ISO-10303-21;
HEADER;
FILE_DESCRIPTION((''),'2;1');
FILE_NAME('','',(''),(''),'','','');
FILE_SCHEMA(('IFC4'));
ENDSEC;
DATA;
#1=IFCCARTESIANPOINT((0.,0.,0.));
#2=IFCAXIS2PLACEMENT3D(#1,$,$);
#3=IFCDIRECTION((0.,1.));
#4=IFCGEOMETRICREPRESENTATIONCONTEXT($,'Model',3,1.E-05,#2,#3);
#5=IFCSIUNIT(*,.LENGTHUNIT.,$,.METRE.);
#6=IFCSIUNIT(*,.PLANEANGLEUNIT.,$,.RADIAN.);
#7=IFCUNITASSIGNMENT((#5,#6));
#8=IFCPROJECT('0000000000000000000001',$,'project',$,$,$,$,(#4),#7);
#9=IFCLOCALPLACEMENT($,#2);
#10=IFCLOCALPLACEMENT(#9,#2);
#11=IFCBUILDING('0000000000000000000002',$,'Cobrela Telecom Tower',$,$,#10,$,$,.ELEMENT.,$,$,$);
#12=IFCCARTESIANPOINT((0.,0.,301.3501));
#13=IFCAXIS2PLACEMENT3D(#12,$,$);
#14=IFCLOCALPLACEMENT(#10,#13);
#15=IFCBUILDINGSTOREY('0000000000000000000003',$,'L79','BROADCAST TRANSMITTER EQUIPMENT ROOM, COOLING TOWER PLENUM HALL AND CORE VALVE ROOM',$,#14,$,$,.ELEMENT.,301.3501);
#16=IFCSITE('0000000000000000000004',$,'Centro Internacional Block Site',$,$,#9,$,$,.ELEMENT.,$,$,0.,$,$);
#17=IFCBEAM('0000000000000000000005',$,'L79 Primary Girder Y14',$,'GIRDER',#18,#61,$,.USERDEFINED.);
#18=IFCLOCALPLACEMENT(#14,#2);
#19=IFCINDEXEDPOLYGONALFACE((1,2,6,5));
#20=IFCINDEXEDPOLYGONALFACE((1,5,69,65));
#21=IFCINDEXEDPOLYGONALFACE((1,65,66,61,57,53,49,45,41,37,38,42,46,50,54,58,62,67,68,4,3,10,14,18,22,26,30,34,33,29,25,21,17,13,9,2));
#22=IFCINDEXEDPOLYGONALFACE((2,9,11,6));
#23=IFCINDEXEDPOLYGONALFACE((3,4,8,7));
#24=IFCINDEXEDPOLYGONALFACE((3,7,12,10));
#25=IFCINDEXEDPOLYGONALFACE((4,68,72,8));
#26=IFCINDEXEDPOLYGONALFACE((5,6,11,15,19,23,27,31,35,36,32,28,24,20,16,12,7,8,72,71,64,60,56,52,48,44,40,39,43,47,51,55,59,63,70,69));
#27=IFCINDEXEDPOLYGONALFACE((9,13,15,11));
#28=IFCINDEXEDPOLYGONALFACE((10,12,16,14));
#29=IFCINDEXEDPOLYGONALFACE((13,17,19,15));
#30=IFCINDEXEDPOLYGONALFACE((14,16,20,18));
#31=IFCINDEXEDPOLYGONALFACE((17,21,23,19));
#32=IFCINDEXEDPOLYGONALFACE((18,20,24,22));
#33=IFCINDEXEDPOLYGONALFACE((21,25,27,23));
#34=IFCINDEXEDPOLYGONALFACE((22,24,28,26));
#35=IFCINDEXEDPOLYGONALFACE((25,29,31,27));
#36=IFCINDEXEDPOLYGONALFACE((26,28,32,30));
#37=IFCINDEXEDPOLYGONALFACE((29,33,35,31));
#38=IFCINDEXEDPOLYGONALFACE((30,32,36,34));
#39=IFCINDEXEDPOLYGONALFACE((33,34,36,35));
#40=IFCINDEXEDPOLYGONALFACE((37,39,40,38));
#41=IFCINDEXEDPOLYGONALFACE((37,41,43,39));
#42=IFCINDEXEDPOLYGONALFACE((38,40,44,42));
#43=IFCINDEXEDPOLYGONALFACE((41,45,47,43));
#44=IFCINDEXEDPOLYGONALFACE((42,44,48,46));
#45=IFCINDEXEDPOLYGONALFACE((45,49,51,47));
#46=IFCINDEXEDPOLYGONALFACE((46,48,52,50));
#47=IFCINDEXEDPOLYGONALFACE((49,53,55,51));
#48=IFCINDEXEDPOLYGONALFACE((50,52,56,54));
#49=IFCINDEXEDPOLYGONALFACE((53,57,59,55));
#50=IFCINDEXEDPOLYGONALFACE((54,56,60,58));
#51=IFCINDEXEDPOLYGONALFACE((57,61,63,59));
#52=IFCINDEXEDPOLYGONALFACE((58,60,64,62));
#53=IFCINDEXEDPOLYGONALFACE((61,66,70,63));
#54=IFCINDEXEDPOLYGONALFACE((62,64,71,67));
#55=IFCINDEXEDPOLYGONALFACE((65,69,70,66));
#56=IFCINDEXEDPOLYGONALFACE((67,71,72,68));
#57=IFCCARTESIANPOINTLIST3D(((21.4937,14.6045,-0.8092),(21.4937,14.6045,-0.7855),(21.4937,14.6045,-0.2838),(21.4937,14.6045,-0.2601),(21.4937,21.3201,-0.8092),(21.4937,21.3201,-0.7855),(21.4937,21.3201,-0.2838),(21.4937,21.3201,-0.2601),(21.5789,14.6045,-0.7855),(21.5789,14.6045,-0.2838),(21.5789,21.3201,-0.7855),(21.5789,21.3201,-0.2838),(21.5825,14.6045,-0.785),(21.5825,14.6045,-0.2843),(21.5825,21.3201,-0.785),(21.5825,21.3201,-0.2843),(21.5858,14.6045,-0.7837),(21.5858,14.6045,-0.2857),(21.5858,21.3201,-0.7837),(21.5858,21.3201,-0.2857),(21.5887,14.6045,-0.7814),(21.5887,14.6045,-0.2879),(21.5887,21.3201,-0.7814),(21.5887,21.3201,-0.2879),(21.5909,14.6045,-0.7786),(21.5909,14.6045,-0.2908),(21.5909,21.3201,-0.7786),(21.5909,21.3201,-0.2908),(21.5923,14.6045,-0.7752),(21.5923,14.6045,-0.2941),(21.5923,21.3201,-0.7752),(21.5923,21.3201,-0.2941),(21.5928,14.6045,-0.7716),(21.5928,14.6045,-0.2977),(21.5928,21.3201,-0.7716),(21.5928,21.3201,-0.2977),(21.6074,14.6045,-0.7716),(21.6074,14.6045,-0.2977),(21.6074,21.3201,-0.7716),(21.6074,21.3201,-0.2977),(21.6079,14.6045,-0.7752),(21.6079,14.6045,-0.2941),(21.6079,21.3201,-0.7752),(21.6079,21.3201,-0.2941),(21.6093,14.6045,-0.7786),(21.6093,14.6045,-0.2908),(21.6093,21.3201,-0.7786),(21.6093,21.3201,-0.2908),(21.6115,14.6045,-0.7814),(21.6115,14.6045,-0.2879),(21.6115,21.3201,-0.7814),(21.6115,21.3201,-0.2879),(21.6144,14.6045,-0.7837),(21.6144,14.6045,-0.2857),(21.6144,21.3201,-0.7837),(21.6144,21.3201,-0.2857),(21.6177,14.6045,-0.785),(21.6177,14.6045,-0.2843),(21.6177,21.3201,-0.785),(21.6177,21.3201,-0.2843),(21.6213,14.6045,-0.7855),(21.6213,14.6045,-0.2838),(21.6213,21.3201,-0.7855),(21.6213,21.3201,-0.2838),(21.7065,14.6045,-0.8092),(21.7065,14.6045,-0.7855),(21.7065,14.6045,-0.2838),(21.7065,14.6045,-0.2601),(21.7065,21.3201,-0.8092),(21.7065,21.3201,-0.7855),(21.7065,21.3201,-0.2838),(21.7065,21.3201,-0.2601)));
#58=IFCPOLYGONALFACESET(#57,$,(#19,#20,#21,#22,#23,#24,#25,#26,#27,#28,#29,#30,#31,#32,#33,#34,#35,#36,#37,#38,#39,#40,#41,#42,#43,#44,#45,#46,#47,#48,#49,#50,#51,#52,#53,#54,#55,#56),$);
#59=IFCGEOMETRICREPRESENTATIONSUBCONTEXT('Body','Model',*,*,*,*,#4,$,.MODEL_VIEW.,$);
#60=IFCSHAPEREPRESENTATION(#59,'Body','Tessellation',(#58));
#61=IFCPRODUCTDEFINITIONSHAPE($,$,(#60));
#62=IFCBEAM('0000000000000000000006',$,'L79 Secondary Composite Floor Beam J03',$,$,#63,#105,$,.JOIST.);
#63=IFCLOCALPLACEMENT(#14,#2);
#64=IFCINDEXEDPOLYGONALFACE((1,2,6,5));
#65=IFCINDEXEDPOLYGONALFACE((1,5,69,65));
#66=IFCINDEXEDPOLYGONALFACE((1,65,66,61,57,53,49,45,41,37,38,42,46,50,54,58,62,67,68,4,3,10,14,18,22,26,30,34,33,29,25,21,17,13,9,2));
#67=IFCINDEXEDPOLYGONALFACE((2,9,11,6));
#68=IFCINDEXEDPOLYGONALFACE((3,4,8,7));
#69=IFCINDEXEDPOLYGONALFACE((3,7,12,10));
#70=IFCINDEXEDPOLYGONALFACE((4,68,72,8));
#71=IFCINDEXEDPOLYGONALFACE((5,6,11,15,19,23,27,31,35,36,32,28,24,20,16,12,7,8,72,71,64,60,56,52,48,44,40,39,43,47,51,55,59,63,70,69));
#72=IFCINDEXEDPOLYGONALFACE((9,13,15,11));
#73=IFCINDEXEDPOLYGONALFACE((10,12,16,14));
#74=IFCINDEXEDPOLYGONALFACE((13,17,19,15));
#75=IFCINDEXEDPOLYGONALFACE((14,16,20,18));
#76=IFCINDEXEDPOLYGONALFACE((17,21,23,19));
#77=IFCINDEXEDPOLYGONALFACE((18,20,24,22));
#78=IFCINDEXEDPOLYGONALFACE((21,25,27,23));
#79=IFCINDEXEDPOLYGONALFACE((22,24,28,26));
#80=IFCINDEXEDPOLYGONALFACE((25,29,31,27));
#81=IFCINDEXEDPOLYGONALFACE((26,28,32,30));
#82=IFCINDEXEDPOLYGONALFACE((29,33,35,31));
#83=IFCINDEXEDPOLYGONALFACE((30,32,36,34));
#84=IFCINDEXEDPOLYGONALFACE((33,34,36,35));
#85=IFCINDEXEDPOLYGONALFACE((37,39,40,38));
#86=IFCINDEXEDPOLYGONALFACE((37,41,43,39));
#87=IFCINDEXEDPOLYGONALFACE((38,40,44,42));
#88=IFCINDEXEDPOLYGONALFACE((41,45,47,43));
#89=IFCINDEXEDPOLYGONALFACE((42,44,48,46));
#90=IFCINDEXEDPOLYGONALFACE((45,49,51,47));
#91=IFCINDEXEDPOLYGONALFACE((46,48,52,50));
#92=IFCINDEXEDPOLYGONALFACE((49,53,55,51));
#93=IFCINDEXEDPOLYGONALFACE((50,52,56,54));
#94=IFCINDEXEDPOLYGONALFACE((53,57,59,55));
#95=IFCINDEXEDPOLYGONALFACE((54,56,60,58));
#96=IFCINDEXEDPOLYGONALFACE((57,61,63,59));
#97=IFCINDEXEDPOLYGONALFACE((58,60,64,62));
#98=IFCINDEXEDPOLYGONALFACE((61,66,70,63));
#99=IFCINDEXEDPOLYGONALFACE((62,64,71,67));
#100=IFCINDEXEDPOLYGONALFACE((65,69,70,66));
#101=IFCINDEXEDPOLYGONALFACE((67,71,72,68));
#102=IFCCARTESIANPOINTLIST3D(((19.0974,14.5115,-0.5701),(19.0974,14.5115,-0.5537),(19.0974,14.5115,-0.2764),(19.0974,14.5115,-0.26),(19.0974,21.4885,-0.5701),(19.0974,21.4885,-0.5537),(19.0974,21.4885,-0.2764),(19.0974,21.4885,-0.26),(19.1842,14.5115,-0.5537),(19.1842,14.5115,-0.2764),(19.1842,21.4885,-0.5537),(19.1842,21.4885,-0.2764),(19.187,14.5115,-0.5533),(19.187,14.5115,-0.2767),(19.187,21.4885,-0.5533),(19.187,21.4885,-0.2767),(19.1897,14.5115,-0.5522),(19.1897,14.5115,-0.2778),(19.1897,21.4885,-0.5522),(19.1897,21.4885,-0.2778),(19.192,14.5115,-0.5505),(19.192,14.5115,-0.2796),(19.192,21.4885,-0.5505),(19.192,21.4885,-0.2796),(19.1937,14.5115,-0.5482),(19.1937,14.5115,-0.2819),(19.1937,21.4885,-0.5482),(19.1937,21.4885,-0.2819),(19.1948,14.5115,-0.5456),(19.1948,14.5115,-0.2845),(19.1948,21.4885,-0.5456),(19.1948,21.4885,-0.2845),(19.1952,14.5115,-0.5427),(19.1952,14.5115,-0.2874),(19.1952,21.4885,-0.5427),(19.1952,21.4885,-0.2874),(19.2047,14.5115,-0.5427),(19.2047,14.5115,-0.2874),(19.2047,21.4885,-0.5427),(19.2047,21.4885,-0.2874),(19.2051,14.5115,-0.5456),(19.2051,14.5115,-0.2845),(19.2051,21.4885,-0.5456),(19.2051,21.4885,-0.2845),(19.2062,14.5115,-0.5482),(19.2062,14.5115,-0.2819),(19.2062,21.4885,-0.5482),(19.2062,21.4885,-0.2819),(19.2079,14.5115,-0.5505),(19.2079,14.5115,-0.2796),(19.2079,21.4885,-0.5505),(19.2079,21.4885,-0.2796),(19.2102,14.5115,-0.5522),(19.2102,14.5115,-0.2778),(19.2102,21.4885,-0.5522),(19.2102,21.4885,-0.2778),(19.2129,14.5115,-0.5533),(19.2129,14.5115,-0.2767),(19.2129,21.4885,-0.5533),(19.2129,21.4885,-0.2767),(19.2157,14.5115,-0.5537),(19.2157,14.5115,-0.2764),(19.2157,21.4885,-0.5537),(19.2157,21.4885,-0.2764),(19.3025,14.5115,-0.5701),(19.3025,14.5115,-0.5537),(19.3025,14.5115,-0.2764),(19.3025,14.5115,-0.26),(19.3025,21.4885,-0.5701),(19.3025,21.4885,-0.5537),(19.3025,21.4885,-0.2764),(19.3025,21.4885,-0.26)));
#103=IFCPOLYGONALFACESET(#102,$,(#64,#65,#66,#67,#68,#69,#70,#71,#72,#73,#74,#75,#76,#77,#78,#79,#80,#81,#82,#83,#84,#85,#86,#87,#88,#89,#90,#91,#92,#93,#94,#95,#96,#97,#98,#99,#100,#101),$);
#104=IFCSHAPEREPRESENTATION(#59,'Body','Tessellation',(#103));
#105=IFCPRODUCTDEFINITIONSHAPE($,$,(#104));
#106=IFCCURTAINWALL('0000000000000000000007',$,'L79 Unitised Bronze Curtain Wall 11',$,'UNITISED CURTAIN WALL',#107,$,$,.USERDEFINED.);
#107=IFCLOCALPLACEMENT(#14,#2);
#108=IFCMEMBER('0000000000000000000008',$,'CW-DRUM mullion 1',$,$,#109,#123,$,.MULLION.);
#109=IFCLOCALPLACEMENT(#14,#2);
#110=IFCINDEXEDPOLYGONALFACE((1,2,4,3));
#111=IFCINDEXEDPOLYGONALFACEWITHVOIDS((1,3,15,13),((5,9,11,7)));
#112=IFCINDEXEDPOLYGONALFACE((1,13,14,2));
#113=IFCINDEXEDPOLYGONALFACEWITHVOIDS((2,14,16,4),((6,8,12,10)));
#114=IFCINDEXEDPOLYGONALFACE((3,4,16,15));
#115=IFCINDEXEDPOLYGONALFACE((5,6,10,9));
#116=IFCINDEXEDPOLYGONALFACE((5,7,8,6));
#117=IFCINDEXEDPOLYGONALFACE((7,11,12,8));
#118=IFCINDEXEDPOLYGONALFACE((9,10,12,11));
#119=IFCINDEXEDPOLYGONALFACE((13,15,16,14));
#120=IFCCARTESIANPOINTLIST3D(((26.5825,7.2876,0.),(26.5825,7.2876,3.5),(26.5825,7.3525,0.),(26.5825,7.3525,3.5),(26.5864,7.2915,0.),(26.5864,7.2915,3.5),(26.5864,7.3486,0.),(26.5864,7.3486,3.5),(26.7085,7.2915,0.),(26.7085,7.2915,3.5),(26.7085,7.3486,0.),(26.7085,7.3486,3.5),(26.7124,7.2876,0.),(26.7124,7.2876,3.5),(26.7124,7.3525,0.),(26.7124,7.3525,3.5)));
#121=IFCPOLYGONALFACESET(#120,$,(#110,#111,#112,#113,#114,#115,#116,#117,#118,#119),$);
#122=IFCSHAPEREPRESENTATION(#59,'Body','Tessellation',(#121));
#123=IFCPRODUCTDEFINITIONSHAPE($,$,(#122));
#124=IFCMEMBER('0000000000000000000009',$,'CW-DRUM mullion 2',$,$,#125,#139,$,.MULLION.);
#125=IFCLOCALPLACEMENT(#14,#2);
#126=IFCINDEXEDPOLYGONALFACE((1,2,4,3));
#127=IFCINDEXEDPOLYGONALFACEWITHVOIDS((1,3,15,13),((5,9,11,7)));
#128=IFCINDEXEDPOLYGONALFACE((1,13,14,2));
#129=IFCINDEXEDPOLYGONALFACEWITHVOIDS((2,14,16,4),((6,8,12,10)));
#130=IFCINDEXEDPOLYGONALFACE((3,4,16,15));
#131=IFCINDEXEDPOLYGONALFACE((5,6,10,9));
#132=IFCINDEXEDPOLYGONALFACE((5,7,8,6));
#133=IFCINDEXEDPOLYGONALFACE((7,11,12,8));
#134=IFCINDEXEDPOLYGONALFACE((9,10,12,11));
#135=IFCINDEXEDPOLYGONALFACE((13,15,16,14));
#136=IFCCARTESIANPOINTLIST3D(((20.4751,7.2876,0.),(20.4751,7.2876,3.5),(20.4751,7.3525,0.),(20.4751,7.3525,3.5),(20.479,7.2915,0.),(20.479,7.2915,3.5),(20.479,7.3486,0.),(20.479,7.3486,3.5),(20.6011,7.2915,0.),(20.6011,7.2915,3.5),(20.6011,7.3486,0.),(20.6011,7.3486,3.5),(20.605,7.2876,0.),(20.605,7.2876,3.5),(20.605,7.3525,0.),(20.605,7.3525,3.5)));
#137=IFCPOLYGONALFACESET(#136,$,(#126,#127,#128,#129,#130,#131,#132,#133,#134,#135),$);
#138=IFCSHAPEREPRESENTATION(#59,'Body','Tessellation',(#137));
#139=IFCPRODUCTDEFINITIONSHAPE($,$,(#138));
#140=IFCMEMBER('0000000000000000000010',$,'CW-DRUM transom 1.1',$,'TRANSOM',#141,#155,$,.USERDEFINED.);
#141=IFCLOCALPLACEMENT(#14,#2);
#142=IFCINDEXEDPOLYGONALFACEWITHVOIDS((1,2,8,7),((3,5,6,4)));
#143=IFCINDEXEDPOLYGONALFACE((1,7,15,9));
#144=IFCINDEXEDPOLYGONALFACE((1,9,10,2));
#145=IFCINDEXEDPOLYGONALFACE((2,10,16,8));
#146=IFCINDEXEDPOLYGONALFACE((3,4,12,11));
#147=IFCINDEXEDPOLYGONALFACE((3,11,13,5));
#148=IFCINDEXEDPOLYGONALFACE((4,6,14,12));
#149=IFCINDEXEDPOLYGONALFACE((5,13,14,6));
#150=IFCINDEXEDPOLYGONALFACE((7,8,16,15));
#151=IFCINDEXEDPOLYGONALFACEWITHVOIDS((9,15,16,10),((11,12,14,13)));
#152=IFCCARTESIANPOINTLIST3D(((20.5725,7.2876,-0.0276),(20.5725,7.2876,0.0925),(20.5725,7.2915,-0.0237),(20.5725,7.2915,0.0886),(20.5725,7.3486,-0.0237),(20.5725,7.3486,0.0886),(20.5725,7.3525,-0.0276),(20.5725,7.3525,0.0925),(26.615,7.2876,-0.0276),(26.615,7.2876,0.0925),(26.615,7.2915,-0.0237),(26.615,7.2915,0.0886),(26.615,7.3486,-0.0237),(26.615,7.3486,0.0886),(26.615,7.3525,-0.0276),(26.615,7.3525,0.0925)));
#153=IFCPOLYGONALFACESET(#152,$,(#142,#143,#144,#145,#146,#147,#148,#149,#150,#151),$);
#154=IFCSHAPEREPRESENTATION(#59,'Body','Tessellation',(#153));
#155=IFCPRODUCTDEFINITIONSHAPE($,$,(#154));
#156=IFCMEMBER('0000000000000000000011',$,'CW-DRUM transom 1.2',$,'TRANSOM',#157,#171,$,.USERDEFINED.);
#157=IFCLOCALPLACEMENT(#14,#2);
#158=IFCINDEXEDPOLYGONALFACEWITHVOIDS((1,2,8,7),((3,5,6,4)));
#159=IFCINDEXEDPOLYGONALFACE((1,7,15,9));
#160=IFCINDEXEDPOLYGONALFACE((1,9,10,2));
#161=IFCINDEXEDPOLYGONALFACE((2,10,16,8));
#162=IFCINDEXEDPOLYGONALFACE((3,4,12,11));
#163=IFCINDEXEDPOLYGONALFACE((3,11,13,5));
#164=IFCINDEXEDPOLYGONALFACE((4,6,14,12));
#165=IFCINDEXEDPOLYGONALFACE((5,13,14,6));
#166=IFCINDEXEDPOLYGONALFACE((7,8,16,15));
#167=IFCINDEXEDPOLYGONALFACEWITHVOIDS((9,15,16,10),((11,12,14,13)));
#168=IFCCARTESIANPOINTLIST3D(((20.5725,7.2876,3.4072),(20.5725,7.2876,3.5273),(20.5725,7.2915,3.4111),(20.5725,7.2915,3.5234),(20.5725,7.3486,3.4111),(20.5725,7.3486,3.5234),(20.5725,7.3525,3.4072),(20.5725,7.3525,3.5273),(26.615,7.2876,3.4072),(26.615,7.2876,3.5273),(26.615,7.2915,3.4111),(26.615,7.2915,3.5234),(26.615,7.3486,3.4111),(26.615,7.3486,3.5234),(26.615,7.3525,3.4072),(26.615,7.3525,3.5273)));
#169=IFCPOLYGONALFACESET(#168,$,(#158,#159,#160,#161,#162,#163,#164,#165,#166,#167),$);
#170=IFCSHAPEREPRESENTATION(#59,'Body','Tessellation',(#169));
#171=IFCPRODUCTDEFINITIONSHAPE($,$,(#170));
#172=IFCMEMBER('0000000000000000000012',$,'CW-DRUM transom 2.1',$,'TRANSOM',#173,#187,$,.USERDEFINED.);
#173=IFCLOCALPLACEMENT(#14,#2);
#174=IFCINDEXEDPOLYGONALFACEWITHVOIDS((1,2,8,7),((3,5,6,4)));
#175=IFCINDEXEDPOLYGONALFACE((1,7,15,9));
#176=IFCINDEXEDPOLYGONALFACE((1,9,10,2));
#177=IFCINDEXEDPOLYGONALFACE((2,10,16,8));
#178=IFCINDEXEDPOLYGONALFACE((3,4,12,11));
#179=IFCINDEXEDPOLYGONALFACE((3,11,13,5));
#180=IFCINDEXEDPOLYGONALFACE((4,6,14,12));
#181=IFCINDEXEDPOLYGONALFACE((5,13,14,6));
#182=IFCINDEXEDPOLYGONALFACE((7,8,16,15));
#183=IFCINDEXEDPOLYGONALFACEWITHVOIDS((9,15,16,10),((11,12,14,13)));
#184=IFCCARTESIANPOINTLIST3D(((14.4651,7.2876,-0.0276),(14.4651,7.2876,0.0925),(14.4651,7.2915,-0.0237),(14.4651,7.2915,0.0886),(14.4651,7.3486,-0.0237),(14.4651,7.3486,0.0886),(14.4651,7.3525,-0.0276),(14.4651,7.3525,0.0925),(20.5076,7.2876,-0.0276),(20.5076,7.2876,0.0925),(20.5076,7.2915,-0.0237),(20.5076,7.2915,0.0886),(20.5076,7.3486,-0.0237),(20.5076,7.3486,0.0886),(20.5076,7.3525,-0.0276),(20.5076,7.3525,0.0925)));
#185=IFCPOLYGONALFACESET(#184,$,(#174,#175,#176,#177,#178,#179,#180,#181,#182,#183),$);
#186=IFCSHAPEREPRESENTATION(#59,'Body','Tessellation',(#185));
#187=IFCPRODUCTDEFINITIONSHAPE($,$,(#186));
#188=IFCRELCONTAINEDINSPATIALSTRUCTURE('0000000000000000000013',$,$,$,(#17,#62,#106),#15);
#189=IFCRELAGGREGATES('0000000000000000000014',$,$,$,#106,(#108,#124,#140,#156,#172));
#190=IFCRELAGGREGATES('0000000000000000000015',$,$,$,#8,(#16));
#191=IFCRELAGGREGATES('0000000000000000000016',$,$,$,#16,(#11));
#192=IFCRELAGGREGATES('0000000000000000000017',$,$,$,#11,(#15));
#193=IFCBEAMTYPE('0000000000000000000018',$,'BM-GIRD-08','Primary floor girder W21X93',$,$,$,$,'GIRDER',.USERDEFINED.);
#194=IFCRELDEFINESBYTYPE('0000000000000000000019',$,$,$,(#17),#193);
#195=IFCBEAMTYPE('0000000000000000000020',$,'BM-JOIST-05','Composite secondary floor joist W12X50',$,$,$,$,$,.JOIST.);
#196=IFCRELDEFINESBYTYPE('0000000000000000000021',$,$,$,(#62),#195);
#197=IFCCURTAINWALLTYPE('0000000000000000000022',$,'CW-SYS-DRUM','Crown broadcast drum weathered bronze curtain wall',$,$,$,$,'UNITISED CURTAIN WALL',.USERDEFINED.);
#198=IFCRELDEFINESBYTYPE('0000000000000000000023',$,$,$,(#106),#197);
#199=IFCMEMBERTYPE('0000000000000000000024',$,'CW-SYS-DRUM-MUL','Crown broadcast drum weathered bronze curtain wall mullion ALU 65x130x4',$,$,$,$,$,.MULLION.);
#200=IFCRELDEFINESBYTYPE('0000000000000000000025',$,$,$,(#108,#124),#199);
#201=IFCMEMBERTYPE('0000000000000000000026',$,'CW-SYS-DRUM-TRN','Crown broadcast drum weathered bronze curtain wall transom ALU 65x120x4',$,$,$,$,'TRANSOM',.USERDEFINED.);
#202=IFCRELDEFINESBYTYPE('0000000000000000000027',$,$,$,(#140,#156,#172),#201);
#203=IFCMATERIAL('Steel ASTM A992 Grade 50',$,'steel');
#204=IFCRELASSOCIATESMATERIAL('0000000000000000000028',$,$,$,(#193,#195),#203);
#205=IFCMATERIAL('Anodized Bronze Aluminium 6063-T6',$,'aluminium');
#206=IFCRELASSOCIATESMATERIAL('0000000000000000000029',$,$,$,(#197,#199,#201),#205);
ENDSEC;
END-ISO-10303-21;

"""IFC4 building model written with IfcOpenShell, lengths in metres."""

from ifc_helpers import new_model, si_unit, direction, frame, origin, origin_2d, place, context, subcontext, project, spatial, hollow_rectangle, i_section, extrude, material, material_profile, profile_set, type_object, element, aggregate, save


model = new_model("IFC4")

# Units and contexts
model_context = context("Model", 3, precision=1e-05, world=origin(), true_north=direction((0.0, 1.0)))
body_context = subcontext(model_context, "Body", "Model", "MODEL_VIEW")
ifc_project = project(units=[si_unit("LENGTHUNIT", "METRE"), si_unit("PLANEANGLEUNIT", "RADIAN")], contexts=[model_context])

# Site, building, storey
site_placement = place(None, origin())
site = spatial("IfcSite", under=ifc_project, at=site_placement, Name="Centro Internacional Block Site", CompositionType="ELEMENT", RefElevation=0.0)
building_placement = place(site_placement, origin())
building = spatial("IfcBuilding", under=site, at=building_placement, Name="Cobrela Telecom Tower", CompositionType="ELEMENT")
storey_placement = place(building_placement, frame((0.0, 0.0, 301.3501)))
storey = spatial("IfcBuildingStorey", under=building, at=storey_placement, Name="L79", Description="BROADCAST TRANSMITTER EQUIPMENT ROOM, COOLING TOWER PLENUM HALL AND CORE VALVE ROOM", CompositionType="ELEMENT", Elevation=301.3501)

# Shared definitions
ifc_material_1 = material(Name="Steel ASTM A992 Grade 50", Category="steel")

# Beams
ifc_material_profile_1 = material_profile(ifc_material_1, i_section(OverallWidth=0.2129, OverallDepth=0.5491, WebThickness=0.0146, FlangeThickness=0.0237, FilletRadius=0.0139, at=origin_2d()), Name="W21X93")
ifc_profile_set_1 = profile_set([ifc_material_profile_1], Name="Steel ASTM A992 Grade 50")
beam_type_1 = type_object("IfcBeamType", Name="BM-GIRD-08", Description="Primary floor girder W21X93", ElementType="GIRDER", PredefinedType="USERDEFINED", material=ifc_profile_set_1)
beam_1_placement = place(storey_placement, frame((21.6001, 14.6045, -0.5347), z_axis=(0.0, 1.0, 0.0), x_axis=(-1.0, 0.0, 0.0)))
element("IfcBeam", 1, at=beam_1_placement, inside=storey, type_object=beam_type_1, Name="L79 Primary Girder Y14", ObjectType="GIRDER", PredefinedType="USERDEFINED", context=body_context, shape_type="SweptSolid", body=[
    extrude(i_section(OverallWidth=0.2129, OverallDepth=0.5491, WebThickness=0.0146, FlangeThickness=0.0237, FilletRadius=0.0139, at=origin_2d()), origin(), (0.0, 0.0, 1.0), 6.7156),
])
ifc_material_profile_2 = material_profile(ifc_material_1, i_section(OverallWidth=0.2051, OverallDepth=0.3101, WebThickness=0.0095, FlangeThickness=0.0164, FilletRadius=0.011, at=origin_2d()), Name="W12X50")
ifc_profile_set_2 = profile_set([ifc_material_profile_2], Name="Steel ASTM A992 Grade 50")
beam_type_2 = type_object("IfcBeamType", Name="BM-JOIST-05", Description="Composite secondary floor joist W12X50", PredefinedType="JOIST", material=ifc_profile_set_2)
beam_2_placement = place(storey_placement, frame((19.2, 14.5115, -0.415), z_axis=(0.0, 1.0, 0.0), x_axis=(-1.0, 0.0, 0.0)))
element("IfcBeam", 2, at=beam_2_placement, inside=storey, type_object=beam_type_2, Name="L79 Secondary Composite Floor Beam J03", PredefinedType="JOIST", context=body_context, shape_type="SweptSolid", body=[
    extrude(i_section(OverallWidth=0.2051, OverallDepth=0.3101, WebThickness=0.0095, FlangeThickness=0.0164, FilletRadius=0.011, at=origin_2d()), origin(), (0.0, 0.0, 1.0), 6.9771),
])

# Curtain wall, members
ifc_material_2 = material(Name="Anodized Bronze Aluminium 6063-T6", Category="aluminium")
curtain_wall_type = type_object("IfcCurtainWallType", Name="CW-SYS-DRUM", Description="Crown broadcast drum weathered bronze curtain wall", ElementType="UNITISED CURTAIN WALL", PredefinedType="USERDEFINED", material=ifc_material_2)
curtain_wall_placement = place(storey_placement, origin())
curtain_wall = element("IfcCurtainWall", 3, at=curtain_wall_placement, inside=storey, type_object=curtain_wall_type, Name="L79 Unitised Bronze Curtain Wall 11", ObjectType="UNITISED CURTAIN WALL", PredefinedType="USERDEFINED")
ifc_material_profile_3 = material_profile(ifc_material_2, hollow_rectangle(XDim=0.0649, YDim=0.1299, WallThickness=0.0039, at=origin_2d()), Name="ALU 65x130x4")
ifc_profile_set_3 = profile_set([ifc_material_profile_3], Name="Anodized Bronze Aluminium 6063-T6")
member_type_1 = type_object("IfcMemberType", Name="CW-SYS-DRUM-MUL", Description="Crown broadcast drum weathered bronze curtain wall mullion ALU 65x130x4", PredefinedType="MULLION", material=ifc_profile_set_3)
member_1_placement = place(storey_placement, frame((26.6475, 7.3201, 0.0), z_axis=(0.0, 0.0, 1.0), x_axis=(0.0, -1.0, 0.0)))
member_1 = element("IfcMember", 4, at=member_1_placement, type_object=member_type_1, Name="CW-DRUM mullion 1", PredefinedType="MULLION", context=body_context, shape_type="SweptSolid", body=[
    extrude(hollow_rectangle(XDim=0.0649, YDim=0.1299, WallThickness=0.0039, at=origin_2d()), origin(), (0.0, 0.0, 1.0), 3.5),
])
member_2_placement = place(storey_placement, frame((20.54, 7.3201, 0.0), z_axis=(0.0, 0.0, 1.0), x_axis=(0.0, -1.0, 0.0)))
member_2 = element("IfcMember", 5, at=member_2_placement, type_object=member_type_1, Name="CW-DRUM mullion 2", PredefinedType="MULLION", context=body_context, shape_type="SweptSolid", body=[
    extrude(hollow_rectangle(XDim=0.0649, YDim=0.1299, WallThickness=0.0039, at=origin_2d()), origin(), (0.0, 0.0, 1.0), 3.5),
])
ifc_material_profile_4 = material_profile(ifc_material_2, hollow_rectangle(XDim=0.0649, YDim=0.1201, WallThickness=0.0039, at=origin_2d()), Name="ALU 65x120x4")
ifc_profile_set_4 = profile_set([ifc_material_profile_4], Name="Anodized Bronze Aluminium 6063-T6")
member_type_2 = type_object("IfcMemberType", Name="CW-SYS-DRUM-TRN", Description="Crown broadcast drum weathered bronze curtain wall transom ALU 65x120x4", ElementType="TRANSOM", PredefinedType="USERDEFINED", material=ifc_profile_set_4)
member_3_placement = place(storey_placement, frame((26.615, 7.3201, 0.0325), z_axis=(-1.0, 0.0, 0.0), x_axis=(0.0, -1.0, 0.0)))
member_3 = element("IfcMember", 6, at=member_3_placement, type_object=member_type_2, Name="CW-DRUM transom 1.1", ObjectType="TRANSOM", PredefinedType="USERDEFINED", context=body_context, shape_type="SweptSolid", body=[
    extrude(hollow_rectangle(XDim=0.0649, YDim=0.1201, WallThickness=0.0039, at=origin_2d()), origin(), (0.0, 0.0, 1.0), 6.0425),
])
member_4_placement = place(storey_placement, frame((26.615, 7.3201, 3.4673), z_axis=(-1.0, 0.0, 0.0), x_axis=(0.0, -1.0, 0.0)))
member_4 = element("IfcMember", 7, at=member_4_placement, type_object=member_type_2, Name="CW-DRUM transom 1.2", ObjectType="TRANSOM", PredefinedType="USERDEFINED", context=body_context, shape_type="SweptSolid", body=[
    extrude(hollow_rectangle(XDim=0.0649, YDim=0.1201, WallThickness=0.0039, at=origin_2d()), origin(), (0.0, 0.0, 1.0), 6.0425),
])
member_5_placement = place(storey_placement, frame((20.5076, 7.3201, 0.0325), z_axis=(-1.0, 0.0, 0.0), x_axis=(0.0, -1.0, 0.0)))
member_5 = element("IfcMember", 8, at=member_5_placement, type_object=member_type_2, Name="CW-DRUM transom 2.1", ObjectType="TRANSOM", PredefinedType="USERDEFINED", context=body_context, shape_type="SweptSolid", body=[
    extrude(hollow_rectangle(XDim=0.0649, YDim=0.1201, WallThickness=0.0039, at=origin_2d()), origin(), (0.0, 0.0, 1.0), 6.0425),
])
aggregate(curtain_wall, [member_1, member_2, member_3, member_4, member_5])

save(model, "model.ifc")
